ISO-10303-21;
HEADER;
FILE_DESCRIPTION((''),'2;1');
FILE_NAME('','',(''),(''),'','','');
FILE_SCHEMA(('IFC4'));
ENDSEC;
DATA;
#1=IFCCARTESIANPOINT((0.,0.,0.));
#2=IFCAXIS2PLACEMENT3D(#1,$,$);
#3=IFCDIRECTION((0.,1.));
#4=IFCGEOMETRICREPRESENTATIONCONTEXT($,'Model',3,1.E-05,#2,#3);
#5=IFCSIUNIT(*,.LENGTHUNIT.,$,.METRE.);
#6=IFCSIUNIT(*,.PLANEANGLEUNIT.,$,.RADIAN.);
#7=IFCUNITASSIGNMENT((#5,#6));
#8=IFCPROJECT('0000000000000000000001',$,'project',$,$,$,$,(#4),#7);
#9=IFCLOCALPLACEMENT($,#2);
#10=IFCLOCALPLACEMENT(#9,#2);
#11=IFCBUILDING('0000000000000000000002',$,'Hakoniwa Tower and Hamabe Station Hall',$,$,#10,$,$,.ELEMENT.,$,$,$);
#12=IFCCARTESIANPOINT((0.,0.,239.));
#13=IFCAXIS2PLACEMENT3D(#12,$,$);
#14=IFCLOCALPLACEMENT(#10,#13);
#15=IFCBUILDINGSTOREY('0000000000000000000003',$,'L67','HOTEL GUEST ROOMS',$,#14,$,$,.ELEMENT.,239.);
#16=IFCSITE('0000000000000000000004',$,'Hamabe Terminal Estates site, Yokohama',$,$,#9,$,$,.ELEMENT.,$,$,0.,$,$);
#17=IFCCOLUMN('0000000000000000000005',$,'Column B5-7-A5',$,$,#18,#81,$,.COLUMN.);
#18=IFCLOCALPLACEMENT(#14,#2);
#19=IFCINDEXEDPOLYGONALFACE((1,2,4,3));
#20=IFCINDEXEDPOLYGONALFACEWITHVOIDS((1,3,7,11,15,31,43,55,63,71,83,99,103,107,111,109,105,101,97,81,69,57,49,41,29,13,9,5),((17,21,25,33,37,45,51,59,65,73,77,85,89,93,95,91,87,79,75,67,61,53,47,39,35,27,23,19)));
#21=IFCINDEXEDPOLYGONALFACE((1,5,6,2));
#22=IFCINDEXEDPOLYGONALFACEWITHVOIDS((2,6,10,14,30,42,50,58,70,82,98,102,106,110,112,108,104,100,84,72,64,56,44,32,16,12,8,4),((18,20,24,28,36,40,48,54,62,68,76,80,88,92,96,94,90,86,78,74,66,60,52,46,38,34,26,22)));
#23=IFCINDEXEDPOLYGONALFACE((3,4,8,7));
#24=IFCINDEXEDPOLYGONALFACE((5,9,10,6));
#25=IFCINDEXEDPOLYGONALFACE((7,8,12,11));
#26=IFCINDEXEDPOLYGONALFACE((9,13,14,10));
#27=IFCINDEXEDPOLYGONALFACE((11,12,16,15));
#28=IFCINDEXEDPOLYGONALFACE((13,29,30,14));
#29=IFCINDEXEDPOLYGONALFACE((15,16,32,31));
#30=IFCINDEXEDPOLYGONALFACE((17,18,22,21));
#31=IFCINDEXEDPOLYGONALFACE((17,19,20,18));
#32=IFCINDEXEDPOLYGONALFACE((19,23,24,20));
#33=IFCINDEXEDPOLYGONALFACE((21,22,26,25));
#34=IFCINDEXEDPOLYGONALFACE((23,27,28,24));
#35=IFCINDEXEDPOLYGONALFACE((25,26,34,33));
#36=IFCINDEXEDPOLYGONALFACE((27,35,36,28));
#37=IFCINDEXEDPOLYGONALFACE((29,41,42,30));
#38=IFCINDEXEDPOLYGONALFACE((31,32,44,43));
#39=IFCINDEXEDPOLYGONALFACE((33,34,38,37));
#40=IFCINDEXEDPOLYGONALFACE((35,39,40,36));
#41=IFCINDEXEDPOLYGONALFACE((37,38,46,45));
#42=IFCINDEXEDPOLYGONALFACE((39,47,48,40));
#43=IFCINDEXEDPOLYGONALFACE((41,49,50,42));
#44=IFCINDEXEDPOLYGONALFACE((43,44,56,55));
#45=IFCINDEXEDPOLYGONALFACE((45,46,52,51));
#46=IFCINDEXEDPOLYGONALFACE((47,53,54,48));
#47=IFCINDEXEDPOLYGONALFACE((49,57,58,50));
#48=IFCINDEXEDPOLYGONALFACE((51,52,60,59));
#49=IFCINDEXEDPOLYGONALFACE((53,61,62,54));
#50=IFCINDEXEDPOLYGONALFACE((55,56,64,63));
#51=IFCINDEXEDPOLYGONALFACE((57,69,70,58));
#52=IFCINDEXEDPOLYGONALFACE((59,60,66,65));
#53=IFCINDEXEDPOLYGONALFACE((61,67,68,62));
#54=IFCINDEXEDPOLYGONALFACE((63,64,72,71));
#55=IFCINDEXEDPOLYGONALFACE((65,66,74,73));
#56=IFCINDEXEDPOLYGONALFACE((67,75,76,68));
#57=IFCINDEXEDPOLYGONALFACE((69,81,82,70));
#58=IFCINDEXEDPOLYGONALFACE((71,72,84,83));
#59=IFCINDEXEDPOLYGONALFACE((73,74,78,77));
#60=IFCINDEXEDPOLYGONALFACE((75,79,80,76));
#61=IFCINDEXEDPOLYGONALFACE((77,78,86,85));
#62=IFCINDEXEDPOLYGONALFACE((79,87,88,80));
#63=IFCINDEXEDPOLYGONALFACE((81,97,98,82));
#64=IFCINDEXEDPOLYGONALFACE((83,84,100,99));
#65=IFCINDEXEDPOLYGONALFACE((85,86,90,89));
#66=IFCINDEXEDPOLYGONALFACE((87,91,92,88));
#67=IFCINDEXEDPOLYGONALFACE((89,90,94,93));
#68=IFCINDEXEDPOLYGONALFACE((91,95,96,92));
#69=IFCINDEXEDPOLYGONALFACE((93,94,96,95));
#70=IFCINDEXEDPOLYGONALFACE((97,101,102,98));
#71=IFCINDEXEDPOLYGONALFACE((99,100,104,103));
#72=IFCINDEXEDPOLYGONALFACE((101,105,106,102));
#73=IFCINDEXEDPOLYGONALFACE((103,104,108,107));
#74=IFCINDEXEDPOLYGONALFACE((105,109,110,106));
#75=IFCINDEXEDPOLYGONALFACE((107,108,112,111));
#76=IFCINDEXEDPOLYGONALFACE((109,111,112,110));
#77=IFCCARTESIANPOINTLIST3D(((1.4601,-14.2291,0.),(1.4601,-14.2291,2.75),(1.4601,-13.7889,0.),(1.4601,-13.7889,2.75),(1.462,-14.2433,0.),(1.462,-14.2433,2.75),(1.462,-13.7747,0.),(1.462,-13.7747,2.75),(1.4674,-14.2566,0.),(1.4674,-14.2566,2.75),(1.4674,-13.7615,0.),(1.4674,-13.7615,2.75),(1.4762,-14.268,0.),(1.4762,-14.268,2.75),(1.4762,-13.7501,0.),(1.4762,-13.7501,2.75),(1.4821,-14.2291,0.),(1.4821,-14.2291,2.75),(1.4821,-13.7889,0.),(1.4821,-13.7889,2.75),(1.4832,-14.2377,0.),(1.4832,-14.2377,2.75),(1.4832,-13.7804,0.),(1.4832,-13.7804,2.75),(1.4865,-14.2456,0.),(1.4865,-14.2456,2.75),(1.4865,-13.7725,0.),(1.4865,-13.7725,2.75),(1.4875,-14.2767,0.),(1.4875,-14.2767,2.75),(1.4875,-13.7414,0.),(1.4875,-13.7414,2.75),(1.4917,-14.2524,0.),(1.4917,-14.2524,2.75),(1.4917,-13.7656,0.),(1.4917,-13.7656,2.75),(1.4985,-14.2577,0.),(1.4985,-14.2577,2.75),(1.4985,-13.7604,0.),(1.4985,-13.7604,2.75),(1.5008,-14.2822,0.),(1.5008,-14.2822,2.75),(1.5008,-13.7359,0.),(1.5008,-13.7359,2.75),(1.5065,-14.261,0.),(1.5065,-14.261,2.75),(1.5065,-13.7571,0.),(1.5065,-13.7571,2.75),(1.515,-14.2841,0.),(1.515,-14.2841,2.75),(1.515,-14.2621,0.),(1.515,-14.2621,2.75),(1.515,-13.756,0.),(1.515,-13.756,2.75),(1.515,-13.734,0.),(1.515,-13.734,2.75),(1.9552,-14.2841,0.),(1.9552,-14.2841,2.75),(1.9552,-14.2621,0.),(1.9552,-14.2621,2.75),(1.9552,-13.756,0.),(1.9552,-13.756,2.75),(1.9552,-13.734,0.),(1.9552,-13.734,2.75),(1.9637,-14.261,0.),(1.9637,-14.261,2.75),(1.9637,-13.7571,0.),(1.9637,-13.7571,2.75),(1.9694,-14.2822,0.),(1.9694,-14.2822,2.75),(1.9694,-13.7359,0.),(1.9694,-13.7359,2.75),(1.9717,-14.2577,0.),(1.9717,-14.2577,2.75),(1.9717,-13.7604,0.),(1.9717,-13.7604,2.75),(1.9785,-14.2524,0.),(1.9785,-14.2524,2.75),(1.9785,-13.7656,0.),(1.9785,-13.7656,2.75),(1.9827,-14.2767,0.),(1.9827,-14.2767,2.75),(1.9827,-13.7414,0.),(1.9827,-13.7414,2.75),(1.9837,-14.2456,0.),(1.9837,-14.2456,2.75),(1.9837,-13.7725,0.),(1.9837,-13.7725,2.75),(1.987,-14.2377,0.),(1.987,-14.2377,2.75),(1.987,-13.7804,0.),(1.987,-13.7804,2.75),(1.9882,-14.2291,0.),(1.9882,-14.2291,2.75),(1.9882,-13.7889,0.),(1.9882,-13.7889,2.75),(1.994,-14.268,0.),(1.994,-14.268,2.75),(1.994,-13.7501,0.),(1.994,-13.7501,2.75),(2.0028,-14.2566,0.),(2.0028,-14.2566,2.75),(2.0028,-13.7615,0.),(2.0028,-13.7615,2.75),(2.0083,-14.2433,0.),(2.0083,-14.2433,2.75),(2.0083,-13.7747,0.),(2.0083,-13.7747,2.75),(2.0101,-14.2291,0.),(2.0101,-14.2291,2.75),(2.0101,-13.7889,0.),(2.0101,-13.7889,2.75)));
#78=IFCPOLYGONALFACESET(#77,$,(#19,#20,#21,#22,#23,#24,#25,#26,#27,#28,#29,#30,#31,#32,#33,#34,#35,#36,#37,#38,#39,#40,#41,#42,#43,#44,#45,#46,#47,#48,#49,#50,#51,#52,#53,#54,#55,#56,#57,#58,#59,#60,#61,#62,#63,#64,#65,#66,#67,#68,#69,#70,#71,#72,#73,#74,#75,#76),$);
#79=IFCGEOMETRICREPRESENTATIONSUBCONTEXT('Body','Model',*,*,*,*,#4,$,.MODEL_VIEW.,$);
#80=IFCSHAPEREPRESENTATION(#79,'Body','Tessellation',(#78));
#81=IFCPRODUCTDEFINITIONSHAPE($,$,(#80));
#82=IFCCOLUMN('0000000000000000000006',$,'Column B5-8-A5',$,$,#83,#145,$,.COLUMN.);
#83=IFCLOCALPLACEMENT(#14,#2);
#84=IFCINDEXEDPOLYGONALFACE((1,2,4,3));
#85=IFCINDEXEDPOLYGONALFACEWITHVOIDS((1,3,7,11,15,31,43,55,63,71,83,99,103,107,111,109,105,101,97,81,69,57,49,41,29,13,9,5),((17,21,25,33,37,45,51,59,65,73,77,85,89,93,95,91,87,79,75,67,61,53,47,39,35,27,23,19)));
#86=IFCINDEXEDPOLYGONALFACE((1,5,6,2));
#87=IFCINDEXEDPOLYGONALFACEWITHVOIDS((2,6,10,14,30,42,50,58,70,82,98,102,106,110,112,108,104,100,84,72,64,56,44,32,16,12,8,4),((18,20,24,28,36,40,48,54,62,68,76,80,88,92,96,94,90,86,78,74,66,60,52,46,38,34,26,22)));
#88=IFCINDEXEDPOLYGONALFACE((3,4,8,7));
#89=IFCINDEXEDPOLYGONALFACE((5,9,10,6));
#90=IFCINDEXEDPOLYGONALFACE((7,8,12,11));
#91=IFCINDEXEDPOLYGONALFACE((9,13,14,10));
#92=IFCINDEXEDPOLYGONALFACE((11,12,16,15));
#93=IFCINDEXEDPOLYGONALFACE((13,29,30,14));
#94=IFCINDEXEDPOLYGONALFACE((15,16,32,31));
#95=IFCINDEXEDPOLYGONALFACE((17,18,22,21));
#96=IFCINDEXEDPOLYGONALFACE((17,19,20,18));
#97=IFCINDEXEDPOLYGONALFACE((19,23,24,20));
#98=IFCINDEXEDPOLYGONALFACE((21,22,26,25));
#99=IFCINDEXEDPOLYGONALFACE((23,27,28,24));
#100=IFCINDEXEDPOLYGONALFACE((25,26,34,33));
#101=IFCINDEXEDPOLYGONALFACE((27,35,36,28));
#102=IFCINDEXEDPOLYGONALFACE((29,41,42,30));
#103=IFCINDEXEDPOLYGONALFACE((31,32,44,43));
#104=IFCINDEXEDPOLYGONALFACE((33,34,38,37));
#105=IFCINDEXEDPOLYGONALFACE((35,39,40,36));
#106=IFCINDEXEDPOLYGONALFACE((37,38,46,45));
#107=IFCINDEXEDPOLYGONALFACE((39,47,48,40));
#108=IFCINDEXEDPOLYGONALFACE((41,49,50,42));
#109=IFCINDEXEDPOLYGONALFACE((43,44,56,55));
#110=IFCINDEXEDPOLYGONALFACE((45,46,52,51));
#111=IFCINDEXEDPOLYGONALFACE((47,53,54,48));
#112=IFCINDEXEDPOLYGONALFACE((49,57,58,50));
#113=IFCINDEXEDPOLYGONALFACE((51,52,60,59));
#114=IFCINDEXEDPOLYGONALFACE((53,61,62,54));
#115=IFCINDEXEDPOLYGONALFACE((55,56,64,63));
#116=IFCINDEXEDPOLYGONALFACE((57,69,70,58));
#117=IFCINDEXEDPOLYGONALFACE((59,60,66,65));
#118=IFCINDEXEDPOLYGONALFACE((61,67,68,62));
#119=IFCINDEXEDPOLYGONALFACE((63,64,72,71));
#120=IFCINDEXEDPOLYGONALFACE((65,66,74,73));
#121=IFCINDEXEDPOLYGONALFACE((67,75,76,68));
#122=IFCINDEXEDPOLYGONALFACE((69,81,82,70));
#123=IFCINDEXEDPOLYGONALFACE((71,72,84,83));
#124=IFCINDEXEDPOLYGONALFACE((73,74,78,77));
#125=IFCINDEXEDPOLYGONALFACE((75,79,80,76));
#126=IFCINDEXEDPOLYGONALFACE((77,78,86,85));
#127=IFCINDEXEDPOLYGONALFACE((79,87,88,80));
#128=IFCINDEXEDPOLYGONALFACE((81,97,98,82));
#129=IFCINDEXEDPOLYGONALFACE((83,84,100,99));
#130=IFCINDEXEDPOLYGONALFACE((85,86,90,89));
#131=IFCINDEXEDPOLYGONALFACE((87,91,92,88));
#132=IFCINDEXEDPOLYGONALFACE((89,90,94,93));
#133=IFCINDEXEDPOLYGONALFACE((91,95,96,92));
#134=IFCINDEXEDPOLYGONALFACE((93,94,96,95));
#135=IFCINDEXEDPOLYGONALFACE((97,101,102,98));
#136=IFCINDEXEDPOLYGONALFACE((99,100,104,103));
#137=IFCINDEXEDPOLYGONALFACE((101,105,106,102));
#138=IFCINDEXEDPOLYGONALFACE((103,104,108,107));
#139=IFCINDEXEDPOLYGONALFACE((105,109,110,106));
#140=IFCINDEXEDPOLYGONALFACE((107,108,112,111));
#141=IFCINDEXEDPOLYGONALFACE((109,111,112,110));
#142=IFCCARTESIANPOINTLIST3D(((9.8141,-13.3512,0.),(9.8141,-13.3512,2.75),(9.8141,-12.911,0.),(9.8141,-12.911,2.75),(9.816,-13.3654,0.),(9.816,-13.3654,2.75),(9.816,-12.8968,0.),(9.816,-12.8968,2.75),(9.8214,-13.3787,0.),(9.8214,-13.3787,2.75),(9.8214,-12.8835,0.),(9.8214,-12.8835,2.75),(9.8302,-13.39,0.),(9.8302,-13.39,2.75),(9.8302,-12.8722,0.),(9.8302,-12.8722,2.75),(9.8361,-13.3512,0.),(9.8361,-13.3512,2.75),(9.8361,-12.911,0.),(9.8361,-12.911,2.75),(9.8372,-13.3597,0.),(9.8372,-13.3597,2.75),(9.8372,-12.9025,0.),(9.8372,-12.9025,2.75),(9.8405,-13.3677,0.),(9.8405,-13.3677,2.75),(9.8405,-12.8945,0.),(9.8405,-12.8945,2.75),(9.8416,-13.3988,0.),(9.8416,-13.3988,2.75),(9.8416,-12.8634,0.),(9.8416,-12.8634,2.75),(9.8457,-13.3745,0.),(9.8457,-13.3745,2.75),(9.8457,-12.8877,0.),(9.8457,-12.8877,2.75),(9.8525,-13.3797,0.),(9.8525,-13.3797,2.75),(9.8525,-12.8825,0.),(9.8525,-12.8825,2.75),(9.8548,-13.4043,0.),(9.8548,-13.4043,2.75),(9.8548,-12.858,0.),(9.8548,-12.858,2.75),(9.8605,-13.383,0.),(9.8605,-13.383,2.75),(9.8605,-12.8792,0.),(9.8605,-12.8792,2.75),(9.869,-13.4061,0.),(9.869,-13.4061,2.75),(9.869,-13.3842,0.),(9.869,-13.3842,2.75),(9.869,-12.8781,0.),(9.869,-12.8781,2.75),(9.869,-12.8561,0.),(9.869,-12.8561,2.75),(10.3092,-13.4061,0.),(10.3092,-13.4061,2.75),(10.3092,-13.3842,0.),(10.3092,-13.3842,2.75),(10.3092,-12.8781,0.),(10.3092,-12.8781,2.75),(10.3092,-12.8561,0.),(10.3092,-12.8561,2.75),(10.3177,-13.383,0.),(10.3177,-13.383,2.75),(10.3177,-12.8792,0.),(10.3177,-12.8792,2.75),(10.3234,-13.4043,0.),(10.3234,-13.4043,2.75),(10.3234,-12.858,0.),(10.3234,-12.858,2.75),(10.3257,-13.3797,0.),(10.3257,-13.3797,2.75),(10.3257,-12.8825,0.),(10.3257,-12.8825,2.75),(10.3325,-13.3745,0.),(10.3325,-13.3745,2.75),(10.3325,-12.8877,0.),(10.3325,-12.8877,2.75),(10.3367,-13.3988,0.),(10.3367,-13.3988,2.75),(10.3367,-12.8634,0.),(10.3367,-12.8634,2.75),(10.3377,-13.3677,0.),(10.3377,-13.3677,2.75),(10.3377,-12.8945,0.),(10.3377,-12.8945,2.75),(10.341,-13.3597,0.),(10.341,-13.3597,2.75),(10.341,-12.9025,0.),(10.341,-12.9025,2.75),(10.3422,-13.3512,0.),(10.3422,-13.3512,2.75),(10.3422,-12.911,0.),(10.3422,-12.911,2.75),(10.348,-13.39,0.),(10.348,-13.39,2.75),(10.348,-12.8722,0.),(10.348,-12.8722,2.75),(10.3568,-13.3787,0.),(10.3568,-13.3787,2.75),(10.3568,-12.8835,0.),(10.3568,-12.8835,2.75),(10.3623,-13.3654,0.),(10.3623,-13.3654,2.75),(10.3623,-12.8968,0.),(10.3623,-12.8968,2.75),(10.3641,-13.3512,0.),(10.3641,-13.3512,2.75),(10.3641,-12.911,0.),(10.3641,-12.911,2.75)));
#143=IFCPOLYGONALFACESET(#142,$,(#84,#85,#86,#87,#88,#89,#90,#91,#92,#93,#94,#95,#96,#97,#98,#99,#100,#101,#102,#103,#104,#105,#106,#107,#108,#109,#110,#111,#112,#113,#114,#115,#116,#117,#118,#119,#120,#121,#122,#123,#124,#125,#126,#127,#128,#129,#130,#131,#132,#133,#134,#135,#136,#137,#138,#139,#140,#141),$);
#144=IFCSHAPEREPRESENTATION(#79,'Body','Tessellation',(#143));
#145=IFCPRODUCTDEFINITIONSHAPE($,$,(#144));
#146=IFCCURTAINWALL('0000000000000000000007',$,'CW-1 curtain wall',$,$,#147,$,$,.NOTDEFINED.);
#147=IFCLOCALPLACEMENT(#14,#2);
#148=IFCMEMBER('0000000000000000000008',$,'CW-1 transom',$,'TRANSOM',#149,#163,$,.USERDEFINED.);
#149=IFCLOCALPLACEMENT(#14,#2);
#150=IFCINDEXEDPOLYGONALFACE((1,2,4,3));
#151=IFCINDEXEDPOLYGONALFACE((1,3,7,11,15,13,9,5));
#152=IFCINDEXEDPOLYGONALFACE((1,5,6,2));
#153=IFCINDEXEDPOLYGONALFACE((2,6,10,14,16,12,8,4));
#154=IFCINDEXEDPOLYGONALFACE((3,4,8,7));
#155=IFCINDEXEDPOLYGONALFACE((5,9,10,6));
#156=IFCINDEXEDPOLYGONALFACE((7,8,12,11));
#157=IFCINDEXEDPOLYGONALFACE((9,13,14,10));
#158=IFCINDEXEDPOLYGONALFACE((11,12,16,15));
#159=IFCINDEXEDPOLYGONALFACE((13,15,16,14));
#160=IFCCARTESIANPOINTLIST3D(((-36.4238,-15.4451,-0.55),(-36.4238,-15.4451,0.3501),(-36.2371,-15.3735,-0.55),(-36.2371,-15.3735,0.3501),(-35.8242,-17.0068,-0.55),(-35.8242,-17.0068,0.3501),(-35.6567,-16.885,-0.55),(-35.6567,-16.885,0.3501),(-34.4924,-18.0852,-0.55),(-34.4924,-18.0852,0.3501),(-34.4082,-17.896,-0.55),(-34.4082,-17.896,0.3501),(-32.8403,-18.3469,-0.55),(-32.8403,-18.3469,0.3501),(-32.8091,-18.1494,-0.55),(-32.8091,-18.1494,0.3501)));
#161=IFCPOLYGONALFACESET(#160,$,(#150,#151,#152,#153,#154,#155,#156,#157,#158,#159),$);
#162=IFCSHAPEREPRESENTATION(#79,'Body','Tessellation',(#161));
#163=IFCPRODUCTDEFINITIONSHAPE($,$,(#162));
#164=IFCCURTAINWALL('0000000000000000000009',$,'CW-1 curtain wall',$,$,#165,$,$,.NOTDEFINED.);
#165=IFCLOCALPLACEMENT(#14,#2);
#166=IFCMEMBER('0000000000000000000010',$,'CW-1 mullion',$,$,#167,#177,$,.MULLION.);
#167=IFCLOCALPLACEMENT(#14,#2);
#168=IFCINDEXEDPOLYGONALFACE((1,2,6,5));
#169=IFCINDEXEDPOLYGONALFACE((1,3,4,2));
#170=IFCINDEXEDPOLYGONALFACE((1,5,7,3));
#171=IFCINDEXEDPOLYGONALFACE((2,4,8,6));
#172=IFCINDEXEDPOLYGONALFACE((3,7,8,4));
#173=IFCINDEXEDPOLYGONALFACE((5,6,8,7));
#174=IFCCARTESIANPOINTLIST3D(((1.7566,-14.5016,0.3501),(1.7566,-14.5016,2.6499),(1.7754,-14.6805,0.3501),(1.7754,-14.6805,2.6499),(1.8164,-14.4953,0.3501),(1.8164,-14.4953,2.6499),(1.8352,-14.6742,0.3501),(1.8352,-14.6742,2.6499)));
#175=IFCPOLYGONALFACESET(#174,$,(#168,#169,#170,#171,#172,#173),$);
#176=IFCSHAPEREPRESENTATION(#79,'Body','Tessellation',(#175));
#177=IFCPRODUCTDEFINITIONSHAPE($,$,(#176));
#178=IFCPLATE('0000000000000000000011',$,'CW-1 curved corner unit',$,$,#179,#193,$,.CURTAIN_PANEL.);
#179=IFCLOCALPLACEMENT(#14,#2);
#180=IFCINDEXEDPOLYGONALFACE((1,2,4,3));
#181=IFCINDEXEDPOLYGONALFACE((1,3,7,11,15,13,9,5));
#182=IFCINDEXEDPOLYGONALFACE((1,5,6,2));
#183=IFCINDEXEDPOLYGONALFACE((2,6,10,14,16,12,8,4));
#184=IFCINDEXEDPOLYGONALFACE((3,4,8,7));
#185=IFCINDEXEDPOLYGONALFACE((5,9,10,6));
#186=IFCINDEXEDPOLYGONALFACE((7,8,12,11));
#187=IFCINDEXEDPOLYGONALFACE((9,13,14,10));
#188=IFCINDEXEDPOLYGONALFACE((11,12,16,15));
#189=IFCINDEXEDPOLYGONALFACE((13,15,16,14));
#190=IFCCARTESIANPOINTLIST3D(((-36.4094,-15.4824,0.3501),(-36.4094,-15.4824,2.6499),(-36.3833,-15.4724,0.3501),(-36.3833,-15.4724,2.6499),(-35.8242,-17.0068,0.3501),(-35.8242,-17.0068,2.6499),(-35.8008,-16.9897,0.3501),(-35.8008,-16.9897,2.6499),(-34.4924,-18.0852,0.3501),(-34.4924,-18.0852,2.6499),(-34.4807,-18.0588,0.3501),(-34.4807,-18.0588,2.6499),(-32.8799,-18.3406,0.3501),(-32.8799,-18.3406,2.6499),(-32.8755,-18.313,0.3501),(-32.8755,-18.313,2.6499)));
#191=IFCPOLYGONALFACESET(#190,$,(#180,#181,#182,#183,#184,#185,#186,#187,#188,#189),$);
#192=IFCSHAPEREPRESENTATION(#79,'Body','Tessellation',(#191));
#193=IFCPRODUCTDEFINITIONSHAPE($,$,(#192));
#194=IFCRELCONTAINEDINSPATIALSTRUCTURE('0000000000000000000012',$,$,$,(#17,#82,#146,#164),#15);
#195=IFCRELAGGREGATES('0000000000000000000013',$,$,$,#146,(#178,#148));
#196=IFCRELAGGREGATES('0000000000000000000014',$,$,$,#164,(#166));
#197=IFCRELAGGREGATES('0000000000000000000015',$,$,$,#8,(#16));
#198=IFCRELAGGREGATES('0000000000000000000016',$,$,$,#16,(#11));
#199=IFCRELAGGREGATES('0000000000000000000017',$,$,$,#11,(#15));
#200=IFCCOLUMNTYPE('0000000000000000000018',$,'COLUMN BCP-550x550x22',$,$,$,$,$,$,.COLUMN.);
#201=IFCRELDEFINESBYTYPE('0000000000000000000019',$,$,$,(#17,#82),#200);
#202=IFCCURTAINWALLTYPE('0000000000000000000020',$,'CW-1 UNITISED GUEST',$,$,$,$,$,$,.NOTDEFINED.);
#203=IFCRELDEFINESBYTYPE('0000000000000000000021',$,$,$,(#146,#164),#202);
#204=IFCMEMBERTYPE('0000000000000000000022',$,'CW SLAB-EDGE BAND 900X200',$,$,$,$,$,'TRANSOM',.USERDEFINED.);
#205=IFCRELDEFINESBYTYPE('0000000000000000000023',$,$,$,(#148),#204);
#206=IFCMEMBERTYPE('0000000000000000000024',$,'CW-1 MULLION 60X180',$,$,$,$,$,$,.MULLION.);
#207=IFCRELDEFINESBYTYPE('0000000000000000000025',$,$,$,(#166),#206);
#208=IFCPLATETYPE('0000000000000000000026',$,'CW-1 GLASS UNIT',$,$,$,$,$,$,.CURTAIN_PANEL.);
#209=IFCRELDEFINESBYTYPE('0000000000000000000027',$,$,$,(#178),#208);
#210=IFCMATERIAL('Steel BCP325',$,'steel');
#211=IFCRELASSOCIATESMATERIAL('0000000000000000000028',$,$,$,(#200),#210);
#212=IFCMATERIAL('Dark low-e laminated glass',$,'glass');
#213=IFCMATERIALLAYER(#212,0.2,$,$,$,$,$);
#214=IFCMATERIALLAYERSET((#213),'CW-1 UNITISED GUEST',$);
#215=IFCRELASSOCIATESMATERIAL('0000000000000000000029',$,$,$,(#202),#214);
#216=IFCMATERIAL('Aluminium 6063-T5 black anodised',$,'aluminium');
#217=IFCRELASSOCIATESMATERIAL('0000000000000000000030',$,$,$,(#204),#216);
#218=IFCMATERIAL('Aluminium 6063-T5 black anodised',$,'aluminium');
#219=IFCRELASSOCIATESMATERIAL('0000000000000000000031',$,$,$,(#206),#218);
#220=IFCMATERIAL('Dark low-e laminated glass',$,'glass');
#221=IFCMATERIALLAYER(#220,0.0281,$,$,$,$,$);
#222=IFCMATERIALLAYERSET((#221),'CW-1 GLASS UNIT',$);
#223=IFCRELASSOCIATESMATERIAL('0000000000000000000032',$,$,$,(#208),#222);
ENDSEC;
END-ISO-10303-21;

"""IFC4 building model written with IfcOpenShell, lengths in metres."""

from ifc_helpers import new_model, si_unit, direction, frame, origin, origin_2d, place, context, subcontext, project, spatial, polyline, rectangle, hollow_rectangle, outline, extrude, material, layer, layer_set, material_profile, profile_set, type_object, element, aggregate, save


model = new_model("IFC4")

# Units and contexts
model_context = context("Model", 3, precision=1e-05, world=origin(), true_north=direction((0.0, 1.0)))
body_context = subcontext(model_context, "Body", "Model", "MODEL_VIEW")
ifc_project = project(units=[si_unit("LENGTHUNIT", "METRE"), si_unit("PLANEANGLEUNIT", "RADIAN")], contexts=[model_context])

# Site, building, storey
site_placement = place(None, origin())
site = spatial("IfcSite", under=ifc_project, at=site_placement, Name="Hamabe Terminal Estates site, Yokohama", CompositionType="ELEMENT", RefElevation=0.0)
building_placement = place(site_placement, origin())
building = spatial("IfcBuilding", under=site, at=building_placement, Name="Hakoniwa Tower and Hamabe Station Hall", CompositionType="ELEMENT")
storey_placement = place(building_placement, frame((0.0, 0.0, 239.0)))
storey = spatial("IfcBuildingStorey", under=building, at=storey_placement, Name="L67", Description="HOTEL GUEST ROOMS", CompositionType="ELEMENT", Elevation=239.0)

# Columns
ifc_material_1 = material(Name="Steel BCP325", Category="steel")
ifc_material_profile_1 = material_profile(ifc_material_1, hollow_rectangle(XDim=0.55, YDim=0.55, WallThickness=0.022, InnerFilletRadius=0.033, OuterFilletRadius=0.0549, at=origin_2d()), Name="BCP-550x550x22")
ifc_profile_set_1 = profile_set([ifc_material_profile_1], Name="Steel BCP325")
column_type = type_object("IfcColumnType", Name="COLUMN BCP-550x550x22", PredefinedType="COLUMN", material=ifc_profile_set_1)
for number, where, z_axis, x_axis, name in (
    (1, (1.7351, -14.009, 0.0), (0.0, 0.0, 1.0), (1.0, 0.0, 0.0), "Column B5-7-A5"),
    (2, (10.0891, -13.1311, 0.0), (0.0, 0.0, 1.0), (1.0, 0.0, 0.0), "Column B5-8-A5"),
):
    element("IfcColumn", number, at=place(storey_placement, frame(where, z_axis=z_axis, x_axis=x_axis)), inside=storey, type_object=column_type, Name=name, PredefinedType="COLUMN", context=body_context, shape_type="SweptSolid", body=[
        extrude(hollow_rectangle(XDim=0.55, YDim=0.55, WallThickness=0.022, InnerFilletRadius=0.033, OuterFilletRadius=0.0549, at=origin_2d()), origin(), (0.0, 0.0, 1.0), 2.75),
    ])

# Curtain walls, members
ifc_material_2 = material(Name="Dark low-e laminated glass", Category="glass")
ifc_layer_1 = layer(ifc_material_2, 0.2)
ifc_layer_set_1 = layer_set([ifc_layer_1], Name="CW-1 UNITISED GUEST")
curtain_wall_type = type_object("IfcCurtainWallType", Name="CW-1 UNITISED GUEST", PredefinedType="NOTDEFINED", material=ifc_layer_set_1)
curtain_wall_1_placement = place(storey_placement, origin())
curtain_wall_1 = element("IfcCurtainWall", 3, at=curtain_wall_1_placement, inside=storey, type_object=curtain_wall_type, Name="CW-1 curtain wall", PredefinedType="NOTDEFINED")
ifc_material_3 = material(Name="Aluminium 6063-T5 black anodised", Category="aluminium")
ifc_material_profile_2 = material_profile(ifc_material_3, rectangle(XDim=0.2, YDim=0.8999, at=origin_2d()), Name="CW SLAB-EDGE BAND 900X200")
ifc_profile_set_2 = profile_set([ifc_material_profile_2], Name="Aluminium 6063-T5 black anodised")
member_type_1 = type_object("IfcMemberType", Name="CW SLAB-EDGE BAND 900X200", ElementType="TRANSOM", PredefinedType="USERDEFINED", material=ifc_profile_set_2)
member_1_placement = place(storey_placement, frame((0.0, 0.0, -0.55)))
member_1 = element("IfcMember", 4, at=member_1_placement, type_object=member_type_1, Name="CW-1 transom", ObjectType="TRANSOM", PredefinedType="USERDEFINED", context=body_context, shape_type="SweptSolid", body=[
    extrude(outline(polyline([(-36.4238, -15.4451), (-35.8242, -17.0068), (-34.4924, -18.0852), (-32.8403, -18.3469), (-32.8091, -18.1494), (-34.4082, -17.896), (-35.6567, -16.885), (-36.2371, -15.3735), (-36.4238, -15.4451)])), origin(), (0.0, 0.0, 1.0), 0.9001),
])
curtain_wall_2_placement = place(storey_placement, origin())
curtain_wall_2 = element("IfcCurtainWall", 5, at=curtain_wall_2_placement, inside=storey, type_object=curtain_wall_type, Name="CW-1 curtain wall", PredefinedType="NOTDEFINED")
ifc_material_4 = material(Name="Aluminium 6063-T5 black anodised", Category="aluminium")
ifc_material_profile_3 = material_profile(ifc_material_4, rectangle(XDim=0.0601, YDim=0.1799, at=origin_2d()), Name="CW-1 MULLION 60X180")
ifc_profile_set_3 = profile_set([ifc_material_profile_3], Name="Aluminium 6063-T5 black anodised")
member_type_2 = type_object("IfcMemberType", Name="CW-1 MULLION 60X180", PredefinedType="MULLION", material=ifc_profile_set_3)
member_2_placement = place(storey_placement, frame((1.7959, -14.5879, 0.3501), z_axis=(0.0, 0.0, 1.0), x_axis=(0.994522, 0.104528, 0.0)))
member_2 = element("IfcMember", 6, at=member_2_placement, type_object=member_type_2, Name="CW-1 mullion", PredefinedType="MULLION", context=body_context, shape_type="SweptSolid", body=[
    extrude(rectangle(XDim=0.0601, YDim=0.1799, at=origin_2d()), origin(), (0.0, 0.0, 1.0), 2.2998),
])

# Plate
ifc_material_5 = material(Name="Dark low-e laminated glass", Category="glass")
ifc_layer_2 = layer(ifc_material_5, 0.0281)
ifc_layer_set_2 = layer_set([ifc_layer_2], Name="CW-1 GLASS UNIT")
plate_type = type_object("IfcPlateType", Name="CW-1 GLASS UNIT", PredefinedType="CURTAIN_PANEL", material=ifc_layer_set_2)
plate_1_placement = place(storey_placement, frame((0.0, 0.0, 0.3501)))
plate_1 = element("IfcPlate", 7, at=plate_1_placement, type_object=plate_type, Name="CW-1 curved corner unit", PredefinedType="CURTAIN_PANEL", context=body_context, shape_type="SweptSolid", body=[
    extrude(outline(polyline([(-36.4094, -15.4824), (-35.8242, -17.0068), (-34.4924, -18.0852), (-32.8799, -18.3406), (-32.8755, -18.313), (-34.4807, -18.0588), (-35.8008, -16.9897), (-36.3833, -15.4724), (-36.4094, -15.4824)])), origin(), (0.0, 0.0, 1.0), 2.2998),
])
aggregate(curtain_wall_1, [plate_1, member_1])
aggregate(curtain_wall_2, [member_2])

save(model, "model.ifc")
